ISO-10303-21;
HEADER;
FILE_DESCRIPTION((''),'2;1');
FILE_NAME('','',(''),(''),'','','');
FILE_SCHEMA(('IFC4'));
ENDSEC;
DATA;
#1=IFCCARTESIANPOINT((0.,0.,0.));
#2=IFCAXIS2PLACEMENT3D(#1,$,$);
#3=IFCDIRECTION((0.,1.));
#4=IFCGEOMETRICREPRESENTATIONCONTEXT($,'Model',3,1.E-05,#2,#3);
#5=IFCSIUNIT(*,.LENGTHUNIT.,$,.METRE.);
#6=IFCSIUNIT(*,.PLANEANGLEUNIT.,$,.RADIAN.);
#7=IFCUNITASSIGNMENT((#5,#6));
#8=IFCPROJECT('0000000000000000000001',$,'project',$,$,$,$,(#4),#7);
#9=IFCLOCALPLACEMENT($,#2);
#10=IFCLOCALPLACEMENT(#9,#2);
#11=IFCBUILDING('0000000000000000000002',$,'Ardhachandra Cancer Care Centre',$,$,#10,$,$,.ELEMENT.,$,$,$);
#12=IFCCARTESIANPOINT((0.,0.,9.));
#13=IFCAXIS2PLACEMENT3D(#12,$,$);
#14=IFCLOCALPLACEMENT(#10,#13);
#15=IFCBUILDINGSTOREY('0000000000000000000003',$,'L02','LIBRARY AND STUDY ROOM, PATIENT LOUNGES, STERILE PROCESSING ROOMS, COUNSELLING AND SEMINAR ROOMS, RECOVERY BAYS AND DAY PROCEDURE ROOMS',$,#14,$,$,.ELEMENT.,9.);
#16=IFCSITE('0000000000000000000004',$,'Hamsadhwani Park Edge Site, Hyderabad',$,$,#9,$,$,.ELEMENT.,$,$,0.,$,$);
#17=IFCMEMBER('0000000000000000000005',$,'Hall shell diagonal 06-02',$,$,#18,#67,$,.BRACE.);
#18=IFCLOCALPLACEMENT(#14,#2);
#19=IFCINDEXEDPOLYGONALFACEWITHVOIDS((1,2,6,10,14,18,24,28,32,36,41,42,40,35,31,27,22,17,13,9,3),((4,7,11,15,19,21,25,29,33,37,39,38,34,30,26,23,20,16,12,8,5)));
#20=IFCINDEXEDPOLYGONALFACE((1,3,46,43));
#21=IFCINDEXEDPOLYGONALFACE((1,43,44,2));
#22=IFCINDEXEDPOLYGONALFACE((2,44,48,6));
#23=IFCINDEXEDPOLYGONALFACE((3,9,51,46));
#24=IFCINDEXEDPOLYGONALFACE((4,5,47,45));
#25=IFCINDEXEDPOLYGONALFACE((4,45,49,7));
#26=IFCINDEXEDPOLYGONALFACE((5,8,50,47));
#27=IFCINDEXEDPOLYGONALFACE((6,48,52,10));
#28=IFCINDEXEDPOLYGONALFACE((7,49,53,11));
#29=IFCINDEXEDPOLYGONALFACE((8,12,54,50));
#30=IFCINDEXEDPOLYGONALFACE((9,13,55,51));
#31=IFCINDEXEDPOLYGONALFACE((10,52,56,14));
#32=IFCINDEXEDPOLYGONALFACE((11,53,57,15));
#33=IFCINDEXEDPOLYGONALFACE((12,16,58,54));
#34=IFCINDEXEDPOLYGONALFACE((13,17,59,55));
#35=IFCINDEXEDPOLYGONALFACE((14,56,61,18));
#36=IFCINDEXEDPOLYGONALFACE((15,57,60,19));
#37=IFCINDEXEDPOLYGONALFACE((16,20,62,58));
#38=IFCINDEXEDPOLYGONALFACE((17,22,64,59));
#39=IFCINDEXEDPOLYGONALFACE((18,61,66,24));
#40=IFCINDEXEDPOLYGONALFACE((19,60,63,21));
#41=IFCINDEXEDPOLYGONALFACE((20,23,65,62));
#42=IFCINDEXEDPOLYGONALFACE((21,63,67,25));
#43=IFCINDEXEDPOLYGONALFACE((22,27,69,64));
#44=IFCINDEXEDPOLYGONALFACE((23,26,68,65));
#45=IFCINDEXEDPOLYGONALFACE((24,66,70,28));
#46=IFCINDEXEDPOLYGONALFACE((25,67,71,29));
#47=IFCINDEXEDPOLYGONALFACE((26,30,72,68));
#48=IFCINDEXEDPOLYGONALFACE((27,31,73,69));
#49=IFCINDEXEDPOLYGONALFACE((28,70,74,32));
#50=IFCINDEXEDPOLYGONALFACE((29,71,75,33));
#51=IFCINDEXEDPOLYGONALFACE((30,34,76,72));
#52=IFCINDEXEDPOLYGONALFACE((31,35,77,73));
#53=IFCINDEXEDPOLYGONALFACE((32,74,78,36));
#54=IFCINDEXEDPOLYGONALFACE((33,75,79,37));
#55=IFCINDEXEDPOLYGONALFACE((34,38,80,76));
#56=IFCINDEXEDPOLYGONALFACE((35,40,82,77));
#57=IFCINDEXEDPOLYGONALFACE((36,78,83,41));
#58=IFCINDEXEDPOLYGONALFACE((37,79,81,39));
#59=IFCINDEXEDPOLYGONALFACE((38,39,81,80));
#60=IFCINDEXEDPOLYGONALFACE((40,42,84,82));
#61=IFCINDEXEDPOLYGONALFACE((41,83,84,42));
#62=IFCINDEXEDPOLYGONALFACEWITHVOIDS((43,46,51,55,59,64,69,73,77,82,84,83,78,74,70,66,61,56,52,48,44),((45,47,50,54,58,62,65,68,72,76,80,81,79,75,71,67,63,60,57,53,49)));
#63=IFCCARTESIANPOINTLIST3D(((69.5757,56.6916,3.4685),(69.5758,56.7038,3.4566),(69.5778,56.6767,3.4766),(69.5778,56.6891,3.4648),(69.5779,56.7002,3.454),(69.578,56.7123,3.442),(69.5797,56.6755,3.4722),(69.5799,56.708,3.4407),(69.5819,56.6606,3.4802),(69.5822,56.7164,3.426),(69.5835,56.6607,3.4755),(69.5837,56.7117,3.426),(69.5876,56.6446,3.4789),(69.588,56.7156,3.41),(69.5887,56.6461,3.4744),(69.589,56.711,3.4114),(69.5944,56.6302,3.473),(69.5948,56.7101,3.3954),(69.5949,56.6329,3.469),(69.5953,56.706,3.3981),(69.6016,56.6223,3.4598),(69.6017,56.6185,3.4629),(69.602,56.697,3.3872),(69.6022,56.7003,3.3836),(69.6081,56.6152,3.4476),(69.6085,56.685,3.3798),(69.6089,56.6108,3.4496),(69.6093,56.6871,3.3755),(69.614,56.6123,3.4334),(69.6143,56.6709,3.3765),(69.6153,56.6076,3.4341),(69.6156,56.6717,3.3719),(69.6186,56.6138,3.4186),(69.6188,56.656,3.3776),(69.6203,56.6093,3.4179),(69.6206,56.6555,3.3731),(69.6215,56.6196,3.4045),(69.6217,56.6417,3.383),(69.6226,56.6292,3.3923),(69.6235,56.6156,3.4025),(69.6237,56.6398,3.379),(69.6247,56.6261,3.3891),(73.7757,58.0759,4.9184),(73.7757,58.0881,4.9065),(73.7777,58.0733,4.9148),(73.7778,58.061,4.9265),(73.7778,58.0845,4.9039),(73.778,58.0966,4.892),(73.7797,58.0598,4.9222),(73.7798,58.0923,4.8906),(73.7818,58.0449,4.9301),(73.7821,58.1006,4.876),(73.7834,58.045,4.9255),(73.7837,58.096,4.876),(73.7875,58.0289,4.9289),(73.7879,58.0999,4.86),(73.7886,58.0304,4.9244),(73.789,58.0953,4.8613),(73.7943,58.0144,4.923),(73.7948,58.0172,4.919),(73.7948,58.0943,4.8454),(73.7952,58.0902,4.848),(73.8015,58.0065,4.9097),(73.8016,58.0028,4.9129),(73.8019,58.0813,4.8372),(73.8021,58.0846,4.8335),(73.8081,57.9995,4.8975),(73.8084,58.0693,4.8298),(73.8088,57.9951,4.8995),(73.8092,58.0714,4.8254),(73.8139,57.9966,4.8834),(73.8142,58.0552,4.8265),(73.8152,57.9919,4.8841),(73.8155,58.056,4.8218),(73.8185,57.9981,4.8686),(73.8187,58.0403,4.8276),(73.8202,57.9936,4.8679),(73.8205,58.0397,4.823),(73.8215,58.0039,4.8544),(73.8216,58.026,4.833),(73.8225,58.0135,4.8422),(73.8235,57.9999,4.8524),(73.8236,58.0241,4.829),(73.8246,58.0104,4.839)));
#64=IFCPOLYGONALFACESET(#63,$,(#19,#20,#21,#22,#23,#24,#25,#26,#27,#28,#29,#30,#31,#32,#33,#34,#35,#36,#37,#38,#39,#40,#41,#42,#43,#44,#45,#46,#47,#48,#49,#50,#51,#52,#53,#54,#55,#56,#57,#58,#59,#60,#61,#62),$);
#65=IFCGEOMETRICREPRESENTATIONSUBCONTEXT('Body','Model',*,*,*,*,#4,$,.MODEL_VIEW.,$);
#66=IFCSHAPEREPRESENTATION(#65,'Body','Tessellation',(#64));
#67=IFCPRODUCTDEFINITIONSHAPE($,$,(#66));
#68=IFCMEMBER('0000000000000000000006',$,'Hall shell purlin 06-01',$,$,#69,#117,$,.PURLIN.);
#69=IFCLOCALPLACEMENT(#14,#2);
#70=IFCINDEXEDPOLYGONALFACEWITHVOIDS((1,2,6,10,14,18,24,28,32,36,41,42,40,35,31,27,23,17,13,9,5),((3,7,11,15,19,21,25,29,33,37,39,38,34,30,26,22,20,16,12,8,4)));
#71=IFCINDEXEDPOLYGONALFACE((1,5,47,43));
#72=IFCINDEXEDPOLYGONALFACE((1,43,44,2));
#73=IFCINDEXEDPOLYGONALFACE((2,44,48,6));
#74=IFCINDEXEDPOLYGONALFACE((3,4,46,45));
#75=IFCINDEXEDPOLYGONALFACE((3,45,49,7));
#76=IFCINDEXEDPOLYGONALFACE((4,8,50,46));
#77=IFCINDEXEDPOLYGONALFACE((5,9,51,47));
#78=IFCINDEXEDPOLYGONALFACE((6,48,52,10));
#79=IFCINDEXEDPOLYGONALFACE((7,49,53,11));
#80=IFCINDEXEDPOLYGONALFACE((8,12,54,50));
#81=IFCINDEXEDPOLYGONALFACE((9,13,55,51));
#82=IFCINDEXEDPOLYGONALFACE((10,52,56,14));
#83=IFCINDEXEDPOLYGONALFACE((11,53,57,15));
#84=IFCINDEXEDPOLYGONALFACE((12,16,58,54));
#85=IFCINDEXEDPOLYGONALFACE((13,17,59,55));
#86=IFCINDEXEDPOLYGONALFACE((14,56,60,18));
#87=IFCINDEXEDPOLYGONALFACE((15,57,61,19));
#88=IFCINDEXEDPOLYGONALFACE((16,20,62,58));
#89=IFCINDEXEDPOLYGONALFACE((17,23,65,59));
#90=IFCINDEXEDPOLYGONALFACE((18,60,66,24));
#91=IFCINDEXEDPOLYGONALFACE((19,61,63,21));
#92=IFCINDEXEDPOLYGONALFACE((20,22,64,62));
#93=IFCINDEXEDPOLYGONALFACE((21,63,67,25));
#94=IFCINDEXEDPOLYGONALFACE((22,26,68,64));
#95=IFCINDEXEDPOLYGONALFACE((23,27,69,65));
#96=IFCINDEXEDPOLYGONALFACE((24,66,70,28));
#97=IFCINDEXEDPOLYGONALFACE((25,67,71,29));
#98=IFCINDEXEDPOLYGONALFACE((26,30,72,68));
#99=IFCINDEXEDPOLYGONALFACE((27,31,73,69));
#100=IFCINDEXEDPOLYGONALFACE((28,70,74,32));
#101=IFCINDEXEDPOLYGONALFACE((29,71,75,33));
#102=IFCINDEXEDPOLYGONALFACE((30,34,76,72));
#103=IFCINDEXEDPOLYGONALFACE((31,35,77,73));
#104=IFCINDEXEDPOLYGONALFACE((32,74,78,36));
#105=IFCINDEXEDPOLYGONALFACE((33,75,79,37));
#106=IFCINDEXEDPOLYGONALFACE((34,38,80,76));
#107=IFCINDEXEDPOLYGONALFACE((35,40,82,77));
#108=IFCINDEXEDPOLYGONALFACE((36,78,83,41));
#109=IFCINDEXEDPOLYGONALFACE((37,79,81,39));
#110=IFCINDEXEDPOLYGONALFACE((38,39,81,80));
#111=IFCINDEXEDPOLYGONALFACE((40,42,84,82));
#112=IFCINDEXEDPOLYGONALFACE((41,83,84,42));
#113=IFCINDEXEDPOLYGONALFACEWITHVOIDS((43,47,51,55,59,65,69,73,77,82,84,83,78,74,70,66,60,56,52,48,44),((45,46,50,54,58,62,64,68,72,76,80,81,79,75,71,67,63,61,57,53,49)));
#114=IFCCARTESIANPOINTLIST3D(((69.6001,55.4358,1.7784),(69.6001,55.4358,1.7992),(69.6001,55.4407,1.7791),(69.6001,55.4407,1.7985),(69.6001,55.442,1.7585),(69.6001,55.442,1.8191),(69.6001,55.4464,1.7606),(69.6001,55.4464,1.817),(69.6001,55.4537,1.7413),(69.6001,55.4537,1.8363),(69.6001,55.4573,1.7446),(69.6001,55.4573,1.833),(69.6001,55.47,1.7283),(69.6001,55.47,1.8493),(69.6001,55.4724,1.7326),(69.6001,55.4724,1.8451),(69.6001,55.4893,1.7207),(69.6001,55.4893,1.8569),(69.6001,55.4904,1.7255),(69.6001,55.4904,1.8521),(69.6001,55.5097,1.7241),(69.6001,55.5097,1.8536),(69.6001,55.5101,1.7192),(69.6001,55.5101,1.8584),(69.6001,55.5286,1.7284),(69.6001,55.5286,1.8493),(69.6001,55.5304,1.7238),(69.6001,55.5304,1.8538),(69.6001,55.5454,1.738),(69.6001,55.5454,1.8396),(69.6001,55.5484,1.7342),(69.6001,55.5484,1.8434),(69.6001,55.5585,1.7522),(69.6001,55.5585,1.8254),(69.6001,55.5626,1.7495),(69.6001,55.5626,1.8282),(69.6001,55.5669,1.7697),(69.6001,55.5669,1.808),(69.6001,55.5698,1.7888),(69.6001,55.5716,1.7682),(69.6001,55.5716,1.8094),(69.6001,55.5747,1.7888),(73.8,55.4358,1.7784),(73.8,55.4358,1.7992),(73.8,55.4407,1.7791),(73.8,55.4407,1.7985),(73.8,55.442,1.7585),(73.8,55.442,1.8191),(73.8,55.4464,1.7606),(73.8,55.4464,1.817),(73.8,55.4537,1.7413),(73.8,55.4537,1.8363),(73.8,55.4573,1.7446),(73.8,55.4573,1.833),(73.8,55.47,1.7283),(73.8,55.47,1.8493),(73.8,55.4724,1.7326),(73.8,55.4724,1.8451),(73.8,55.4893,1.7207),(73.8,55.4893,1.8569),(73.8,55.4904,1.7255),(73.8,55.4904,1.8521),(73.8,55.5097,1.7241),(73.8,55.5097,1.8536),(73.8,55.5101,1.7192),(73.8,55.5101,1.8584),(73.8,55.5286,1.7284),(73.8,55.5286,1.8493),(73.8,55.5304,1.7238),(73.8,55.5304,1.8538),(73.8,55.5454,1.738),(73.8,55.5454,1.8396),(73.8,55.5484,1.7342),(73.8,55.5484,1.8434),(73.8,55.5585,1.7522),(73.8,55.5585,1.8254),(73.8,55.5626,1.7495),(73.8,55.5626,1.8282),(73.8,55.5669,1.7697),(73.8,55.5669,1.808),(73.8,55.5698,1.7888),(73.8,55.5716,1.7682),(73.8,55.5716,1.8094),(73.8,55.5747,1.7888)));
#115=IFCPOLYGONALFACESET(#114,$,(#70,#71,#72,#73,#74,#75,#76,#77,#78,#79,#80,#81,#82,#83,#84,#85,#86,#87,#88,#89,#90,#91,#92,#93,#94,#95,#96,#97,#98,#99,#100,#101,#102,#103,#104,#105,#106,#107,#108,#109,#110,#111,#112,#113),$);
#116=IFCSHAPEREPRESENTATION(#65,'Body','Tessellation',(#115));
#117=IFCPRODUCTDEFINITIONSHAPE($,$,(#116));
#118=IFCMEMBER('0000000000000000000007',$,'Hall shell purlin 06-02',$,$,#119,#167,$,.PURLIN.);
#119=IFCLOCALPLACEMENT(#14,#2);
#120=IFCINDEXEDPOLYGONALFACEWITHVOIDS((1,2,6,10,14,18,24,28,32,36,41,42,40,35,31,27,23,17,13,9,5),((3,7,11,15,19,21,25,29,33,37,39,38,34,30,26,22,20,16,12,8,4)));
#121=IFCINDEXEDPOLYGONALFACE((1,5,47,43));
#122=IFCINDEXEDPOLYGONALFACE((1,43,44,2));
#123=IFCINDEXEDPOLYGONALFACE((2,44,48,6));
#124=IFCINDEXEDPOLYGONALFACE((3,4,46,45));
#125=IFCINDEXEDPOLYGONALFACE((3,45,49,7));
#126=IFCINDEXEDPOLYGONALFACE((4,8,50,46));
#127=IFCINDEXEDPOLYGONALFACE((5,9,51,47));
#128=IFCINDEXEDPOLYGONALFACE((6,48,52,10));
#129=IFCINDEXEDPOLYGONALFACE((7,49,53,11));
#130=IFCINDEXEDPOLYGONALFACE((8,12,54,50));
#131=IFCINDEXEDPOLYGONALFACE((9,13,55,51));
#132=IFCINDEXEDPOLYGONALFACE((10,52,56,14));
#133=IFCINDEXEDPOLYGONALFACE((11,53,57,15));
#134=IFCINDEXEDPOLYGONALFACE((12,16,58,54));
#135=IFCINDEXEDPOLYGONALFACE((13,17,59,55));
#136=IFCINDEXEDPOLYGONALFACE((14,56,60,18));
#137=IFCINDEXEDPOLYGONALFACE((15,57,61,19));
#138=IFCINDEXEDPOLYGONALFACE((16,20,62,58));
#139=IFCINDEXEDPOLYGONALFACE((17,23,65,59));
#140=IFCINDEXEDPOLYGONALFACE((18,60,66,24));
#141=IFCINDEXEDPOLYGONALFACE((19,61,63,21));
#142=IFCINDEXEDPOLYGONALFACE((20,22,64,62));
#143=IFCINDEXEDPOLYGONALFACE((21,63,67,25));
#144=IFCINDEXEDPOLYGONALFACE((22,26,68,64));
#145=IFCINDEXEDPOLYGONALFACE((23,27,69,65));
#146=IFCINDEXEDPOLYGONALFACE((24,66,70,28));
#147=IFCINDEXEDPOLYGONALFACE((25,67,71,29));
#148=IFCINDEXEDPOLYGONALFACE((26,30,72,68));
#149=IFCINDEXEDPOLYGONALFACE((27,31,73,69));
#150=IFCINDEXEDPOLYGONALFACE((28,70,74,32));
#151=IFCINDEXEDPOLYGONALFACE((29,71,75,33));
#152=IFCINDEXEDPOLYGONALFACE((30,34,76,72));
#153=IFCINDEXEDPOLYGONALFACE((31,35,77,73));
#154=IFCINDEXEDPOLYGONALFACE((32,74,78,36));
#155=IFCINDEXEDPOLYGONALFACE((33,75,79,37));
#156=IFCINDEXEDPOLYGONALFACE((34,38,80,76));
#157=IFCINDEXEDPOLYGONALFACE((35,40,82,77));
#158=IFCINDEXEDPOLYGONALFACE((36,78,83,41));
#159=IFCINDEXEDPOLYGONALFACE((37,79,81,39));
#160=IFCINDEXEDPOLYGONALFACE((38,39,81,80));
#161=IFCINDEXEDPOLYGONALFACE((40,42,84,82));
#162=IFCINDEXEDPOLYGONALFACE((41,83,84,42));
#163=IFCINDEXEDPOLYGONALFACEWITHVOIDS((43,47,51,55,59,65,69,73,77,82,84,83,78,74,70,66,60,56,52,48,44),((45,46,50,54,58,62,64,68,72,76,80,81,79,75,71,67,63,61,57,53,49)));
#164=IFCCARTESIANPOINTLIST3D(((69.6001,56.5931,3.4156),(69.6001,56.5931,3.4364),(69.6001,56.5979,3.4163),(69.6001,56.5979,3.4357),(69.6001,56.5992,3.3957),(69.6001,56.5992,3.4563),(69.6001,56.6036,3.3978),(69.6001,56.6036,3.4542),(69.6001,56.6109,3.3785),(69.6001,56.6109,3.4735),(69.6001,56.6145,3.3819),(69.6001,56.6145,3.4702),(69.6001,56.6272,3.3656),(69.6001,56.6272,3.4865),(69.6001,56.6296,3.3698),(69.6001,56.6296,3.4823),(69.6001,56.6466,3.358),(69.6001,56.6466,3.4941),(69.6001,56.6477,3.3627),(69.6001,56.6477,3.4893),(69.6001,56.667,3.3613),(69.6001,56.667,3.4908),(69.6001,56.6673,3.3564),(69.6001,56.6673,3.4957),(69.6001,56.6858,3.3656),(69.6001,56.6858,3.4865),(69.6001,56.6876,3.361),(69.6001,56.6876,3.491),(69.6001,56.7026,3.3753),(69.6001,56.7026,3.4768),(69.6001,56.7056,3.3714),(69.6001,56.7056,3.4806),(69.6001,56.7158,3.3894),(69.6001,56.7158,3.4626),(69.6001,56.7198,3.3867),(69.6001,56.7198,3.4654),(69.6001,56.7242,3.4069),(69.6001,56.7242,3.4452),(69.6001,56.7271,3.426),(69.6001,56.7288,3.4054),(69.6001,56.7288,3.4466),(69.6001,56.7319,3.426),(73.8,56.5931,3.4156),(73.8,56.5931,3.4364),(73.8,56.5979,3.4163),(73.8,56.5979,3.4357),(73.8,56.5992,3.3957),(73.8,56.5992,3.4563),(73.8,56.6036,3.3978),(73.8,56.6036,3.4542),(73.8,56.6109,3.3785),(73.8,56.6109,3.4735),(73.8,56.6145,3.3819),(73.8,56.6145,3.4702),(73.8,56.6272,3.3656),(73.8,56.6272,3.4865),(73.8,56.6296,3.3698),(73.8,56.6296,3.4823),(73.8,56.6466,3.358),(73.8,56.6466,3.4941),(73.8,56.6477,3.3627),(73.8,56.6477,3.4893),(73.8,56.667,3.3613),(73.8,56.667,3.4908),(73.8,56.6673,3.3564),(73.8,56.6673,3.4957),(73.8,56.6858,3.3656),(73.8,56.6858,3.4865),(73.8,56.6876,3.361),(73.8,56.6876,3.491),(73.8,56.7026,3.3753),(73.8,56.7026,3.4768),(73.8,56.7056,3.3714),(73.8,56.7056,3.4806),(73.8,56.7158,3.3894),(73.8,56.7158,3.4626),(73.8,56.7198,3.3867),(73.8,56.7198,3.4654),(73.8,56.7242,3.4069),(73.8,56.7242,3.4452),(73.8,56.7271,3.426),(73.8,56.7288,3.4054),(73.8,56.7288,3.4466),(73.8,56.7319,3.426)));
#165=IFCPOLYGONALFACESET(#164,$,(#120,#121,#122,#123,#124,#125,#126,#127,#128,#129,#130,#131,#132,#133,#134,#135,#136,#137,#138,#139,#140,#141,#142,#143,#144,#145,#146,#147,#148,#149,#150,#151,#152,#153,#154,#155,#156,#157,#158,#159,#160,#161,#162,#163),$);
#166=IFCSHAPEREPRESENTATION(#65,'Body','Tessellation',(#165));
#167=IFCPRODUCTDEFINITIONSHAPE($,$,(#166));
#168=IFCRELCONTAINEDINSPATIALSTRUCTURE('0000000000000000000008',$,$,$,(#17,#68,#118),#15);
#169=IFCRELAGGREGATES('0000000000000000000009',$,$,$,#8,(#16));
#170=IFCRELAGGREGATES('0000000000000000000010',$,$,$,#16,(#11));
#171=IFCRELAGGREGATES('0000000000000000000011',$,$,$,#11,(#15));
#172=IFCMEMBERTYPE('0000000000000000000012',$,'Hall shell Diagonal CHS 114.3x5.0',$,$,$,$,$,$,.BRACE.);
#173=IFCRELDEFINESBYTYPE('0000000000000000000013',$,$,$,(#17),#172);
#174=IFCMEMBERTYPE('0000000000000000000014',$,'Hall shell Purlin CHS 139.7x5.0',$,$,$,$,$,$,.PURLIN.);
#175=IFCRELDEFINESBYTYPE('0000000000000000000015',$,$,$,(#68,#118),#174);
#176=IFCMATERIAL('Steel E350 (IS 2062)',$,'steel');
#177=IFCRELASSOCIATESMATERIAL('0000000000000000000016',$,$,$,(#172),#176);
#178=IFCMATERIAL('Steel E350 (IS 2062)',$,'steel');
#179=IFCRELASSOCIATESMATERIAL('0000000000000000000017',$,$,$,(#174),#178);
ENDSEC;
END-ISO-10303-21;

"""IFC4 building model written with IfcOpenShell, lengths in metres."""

from ifc_helpers import new_model, si_unit, direction, frame, origin, origin_2d, place, context, subcontext, project, spatial, hollow_circle, extrude, material, material_profile, profile_set, type_object, element, save


model = new_model("IFC4")

# Units and contexts
model_context = context("Model", 3, precision=1e-05, world=origin(), true_north=direction((0.0, 1.0)))
body_context = subcontext(model_context, "Body", "Model", "MODEL_VIEW")
ifc_project = project(units=[si_unit("LENGTHUNIT", "METRE"), si_unit("PLANEANGLEUNIT", "RADIAN")], contexts=[model_context])

# Site, building, storey
site_placement = place(None, origin())
site = spatial("IfcSite", under=ifc_project, at=site_placement, Name="Hamsadhwani Park Edge Site, Hyderabad", CompositionType="ELEMENT", RefElevation=0.0)
building_placement = place(site_placement, origin())
building = spatial("IfcBuilding", under=site, at=building_placement, Name="Ardhachandra Cancer Care Centre", CompositionType="ELEMENT")
storey_placement = place(building_placement, frame((0.0, 0.0, 9.0)))
storey = spatial("IfcBuildingStorey", under=building, at=storey_placement, Name="L02", Description="LIBRARY AND STUDY ROOM, PATIENT LOUNGES, STERILE PROCESSING ROOMS, COUNSELLING AND SEMINAR ROOMS, RECOVERY BAYS AND DAY PROCEDURE ROOMS", CompositionType="ELEMENT", Elevation=9.0)

# Members
ifc_material_1 = material(Name="Steel E350 (IS 2062)", Category="steel")
ifc_material_profile_1 = material_profile(ifc_material_1, hollow_circle(Radius=0.0571, WallThickness=0.0049, at=origin_2d()), Name="CHS 114.3x5.0")
ifc_profile_set_1 = profile_set([ifc_material_profile_1], Name="Steel E350 (IS 2062)")
member_type_1 = type_object("IfcMemberType", Name="Hall shell Diagonal CHS 114.3x5.0", PredefinedType="BRACE", material=ifc_profile_set_1)
for number, where, z_axis, x_axis, name in (
    (1, (69.6001, 56.6621, 3.426), (0.902471, 0.297449, 0.311561), (-0.313029, 0.949743, 0.0), "Hall shell diagonal 06-02"),
):
    element("IfcMember", number, at=place(storey_placement, frame(where, z_axis=z_axis, x_axis=x_axis)), inside=storey, type_object=member_type_1, Name=name, PredefinedType="BRACE", context=body_context, shape_type="SweptSolid", body=[
        extrude(hollow_circle(Radius=0.0571, WallThickness=0.0049, at=origin_2d()), origin(), (0.0, 0.0, 1.0), 4.6538),
    ])
ifc_material_2 = material(Name="Steel E350 (IS 2062)", Category="steel")
ifc_material_profile_2 = material_profile(ifc_material_2, hollow_circle(Radius=0.0698, WallThickness=0.0049, at=origin_2d()), Name="CHS 139.7x5.0")
ifc_profile_set_2 = profile_set([ifc_material_profile_2], Name="Steel E350 (IS 2062)")
member_type_2 = type_object("IfcMemberType", Name="Hall shell Purlin CHS 139.7x5.0", PredefinedType="PURLIN", material=ifc_profile_set_2)
for number, where, z_axis, x_axis, name in (
    (2, (69.6001, 55.5049, 1.7888), (1.0, 0.0, 0.0), (0.0, 1.0, 0.0), "Hall shell purlin 06-01"),
    (3, (69.6001, 56.6621, 3.426), (1.0, 0.0, 0.0), (0.0, 1.0, 0.0), "Hall shell purlin 06-02"),
):
    element("IfcMember", number, at=place(storey_placement, frame(where, z_axis=z_axis, x_axis=x_axis)), inside=storey, type_object=member_type_2, Name=name, PredefinedType="PURLIN", context=body_context, shape_type="SweptSolid", body=[
        extrude(hollow_circle(Radius=0.0698, WallThickness=0.0049, at=origin_2d()), origin(), (0.0, 0.0, 1.0), 4.2),
    ])

save(model, "model.ifc")
